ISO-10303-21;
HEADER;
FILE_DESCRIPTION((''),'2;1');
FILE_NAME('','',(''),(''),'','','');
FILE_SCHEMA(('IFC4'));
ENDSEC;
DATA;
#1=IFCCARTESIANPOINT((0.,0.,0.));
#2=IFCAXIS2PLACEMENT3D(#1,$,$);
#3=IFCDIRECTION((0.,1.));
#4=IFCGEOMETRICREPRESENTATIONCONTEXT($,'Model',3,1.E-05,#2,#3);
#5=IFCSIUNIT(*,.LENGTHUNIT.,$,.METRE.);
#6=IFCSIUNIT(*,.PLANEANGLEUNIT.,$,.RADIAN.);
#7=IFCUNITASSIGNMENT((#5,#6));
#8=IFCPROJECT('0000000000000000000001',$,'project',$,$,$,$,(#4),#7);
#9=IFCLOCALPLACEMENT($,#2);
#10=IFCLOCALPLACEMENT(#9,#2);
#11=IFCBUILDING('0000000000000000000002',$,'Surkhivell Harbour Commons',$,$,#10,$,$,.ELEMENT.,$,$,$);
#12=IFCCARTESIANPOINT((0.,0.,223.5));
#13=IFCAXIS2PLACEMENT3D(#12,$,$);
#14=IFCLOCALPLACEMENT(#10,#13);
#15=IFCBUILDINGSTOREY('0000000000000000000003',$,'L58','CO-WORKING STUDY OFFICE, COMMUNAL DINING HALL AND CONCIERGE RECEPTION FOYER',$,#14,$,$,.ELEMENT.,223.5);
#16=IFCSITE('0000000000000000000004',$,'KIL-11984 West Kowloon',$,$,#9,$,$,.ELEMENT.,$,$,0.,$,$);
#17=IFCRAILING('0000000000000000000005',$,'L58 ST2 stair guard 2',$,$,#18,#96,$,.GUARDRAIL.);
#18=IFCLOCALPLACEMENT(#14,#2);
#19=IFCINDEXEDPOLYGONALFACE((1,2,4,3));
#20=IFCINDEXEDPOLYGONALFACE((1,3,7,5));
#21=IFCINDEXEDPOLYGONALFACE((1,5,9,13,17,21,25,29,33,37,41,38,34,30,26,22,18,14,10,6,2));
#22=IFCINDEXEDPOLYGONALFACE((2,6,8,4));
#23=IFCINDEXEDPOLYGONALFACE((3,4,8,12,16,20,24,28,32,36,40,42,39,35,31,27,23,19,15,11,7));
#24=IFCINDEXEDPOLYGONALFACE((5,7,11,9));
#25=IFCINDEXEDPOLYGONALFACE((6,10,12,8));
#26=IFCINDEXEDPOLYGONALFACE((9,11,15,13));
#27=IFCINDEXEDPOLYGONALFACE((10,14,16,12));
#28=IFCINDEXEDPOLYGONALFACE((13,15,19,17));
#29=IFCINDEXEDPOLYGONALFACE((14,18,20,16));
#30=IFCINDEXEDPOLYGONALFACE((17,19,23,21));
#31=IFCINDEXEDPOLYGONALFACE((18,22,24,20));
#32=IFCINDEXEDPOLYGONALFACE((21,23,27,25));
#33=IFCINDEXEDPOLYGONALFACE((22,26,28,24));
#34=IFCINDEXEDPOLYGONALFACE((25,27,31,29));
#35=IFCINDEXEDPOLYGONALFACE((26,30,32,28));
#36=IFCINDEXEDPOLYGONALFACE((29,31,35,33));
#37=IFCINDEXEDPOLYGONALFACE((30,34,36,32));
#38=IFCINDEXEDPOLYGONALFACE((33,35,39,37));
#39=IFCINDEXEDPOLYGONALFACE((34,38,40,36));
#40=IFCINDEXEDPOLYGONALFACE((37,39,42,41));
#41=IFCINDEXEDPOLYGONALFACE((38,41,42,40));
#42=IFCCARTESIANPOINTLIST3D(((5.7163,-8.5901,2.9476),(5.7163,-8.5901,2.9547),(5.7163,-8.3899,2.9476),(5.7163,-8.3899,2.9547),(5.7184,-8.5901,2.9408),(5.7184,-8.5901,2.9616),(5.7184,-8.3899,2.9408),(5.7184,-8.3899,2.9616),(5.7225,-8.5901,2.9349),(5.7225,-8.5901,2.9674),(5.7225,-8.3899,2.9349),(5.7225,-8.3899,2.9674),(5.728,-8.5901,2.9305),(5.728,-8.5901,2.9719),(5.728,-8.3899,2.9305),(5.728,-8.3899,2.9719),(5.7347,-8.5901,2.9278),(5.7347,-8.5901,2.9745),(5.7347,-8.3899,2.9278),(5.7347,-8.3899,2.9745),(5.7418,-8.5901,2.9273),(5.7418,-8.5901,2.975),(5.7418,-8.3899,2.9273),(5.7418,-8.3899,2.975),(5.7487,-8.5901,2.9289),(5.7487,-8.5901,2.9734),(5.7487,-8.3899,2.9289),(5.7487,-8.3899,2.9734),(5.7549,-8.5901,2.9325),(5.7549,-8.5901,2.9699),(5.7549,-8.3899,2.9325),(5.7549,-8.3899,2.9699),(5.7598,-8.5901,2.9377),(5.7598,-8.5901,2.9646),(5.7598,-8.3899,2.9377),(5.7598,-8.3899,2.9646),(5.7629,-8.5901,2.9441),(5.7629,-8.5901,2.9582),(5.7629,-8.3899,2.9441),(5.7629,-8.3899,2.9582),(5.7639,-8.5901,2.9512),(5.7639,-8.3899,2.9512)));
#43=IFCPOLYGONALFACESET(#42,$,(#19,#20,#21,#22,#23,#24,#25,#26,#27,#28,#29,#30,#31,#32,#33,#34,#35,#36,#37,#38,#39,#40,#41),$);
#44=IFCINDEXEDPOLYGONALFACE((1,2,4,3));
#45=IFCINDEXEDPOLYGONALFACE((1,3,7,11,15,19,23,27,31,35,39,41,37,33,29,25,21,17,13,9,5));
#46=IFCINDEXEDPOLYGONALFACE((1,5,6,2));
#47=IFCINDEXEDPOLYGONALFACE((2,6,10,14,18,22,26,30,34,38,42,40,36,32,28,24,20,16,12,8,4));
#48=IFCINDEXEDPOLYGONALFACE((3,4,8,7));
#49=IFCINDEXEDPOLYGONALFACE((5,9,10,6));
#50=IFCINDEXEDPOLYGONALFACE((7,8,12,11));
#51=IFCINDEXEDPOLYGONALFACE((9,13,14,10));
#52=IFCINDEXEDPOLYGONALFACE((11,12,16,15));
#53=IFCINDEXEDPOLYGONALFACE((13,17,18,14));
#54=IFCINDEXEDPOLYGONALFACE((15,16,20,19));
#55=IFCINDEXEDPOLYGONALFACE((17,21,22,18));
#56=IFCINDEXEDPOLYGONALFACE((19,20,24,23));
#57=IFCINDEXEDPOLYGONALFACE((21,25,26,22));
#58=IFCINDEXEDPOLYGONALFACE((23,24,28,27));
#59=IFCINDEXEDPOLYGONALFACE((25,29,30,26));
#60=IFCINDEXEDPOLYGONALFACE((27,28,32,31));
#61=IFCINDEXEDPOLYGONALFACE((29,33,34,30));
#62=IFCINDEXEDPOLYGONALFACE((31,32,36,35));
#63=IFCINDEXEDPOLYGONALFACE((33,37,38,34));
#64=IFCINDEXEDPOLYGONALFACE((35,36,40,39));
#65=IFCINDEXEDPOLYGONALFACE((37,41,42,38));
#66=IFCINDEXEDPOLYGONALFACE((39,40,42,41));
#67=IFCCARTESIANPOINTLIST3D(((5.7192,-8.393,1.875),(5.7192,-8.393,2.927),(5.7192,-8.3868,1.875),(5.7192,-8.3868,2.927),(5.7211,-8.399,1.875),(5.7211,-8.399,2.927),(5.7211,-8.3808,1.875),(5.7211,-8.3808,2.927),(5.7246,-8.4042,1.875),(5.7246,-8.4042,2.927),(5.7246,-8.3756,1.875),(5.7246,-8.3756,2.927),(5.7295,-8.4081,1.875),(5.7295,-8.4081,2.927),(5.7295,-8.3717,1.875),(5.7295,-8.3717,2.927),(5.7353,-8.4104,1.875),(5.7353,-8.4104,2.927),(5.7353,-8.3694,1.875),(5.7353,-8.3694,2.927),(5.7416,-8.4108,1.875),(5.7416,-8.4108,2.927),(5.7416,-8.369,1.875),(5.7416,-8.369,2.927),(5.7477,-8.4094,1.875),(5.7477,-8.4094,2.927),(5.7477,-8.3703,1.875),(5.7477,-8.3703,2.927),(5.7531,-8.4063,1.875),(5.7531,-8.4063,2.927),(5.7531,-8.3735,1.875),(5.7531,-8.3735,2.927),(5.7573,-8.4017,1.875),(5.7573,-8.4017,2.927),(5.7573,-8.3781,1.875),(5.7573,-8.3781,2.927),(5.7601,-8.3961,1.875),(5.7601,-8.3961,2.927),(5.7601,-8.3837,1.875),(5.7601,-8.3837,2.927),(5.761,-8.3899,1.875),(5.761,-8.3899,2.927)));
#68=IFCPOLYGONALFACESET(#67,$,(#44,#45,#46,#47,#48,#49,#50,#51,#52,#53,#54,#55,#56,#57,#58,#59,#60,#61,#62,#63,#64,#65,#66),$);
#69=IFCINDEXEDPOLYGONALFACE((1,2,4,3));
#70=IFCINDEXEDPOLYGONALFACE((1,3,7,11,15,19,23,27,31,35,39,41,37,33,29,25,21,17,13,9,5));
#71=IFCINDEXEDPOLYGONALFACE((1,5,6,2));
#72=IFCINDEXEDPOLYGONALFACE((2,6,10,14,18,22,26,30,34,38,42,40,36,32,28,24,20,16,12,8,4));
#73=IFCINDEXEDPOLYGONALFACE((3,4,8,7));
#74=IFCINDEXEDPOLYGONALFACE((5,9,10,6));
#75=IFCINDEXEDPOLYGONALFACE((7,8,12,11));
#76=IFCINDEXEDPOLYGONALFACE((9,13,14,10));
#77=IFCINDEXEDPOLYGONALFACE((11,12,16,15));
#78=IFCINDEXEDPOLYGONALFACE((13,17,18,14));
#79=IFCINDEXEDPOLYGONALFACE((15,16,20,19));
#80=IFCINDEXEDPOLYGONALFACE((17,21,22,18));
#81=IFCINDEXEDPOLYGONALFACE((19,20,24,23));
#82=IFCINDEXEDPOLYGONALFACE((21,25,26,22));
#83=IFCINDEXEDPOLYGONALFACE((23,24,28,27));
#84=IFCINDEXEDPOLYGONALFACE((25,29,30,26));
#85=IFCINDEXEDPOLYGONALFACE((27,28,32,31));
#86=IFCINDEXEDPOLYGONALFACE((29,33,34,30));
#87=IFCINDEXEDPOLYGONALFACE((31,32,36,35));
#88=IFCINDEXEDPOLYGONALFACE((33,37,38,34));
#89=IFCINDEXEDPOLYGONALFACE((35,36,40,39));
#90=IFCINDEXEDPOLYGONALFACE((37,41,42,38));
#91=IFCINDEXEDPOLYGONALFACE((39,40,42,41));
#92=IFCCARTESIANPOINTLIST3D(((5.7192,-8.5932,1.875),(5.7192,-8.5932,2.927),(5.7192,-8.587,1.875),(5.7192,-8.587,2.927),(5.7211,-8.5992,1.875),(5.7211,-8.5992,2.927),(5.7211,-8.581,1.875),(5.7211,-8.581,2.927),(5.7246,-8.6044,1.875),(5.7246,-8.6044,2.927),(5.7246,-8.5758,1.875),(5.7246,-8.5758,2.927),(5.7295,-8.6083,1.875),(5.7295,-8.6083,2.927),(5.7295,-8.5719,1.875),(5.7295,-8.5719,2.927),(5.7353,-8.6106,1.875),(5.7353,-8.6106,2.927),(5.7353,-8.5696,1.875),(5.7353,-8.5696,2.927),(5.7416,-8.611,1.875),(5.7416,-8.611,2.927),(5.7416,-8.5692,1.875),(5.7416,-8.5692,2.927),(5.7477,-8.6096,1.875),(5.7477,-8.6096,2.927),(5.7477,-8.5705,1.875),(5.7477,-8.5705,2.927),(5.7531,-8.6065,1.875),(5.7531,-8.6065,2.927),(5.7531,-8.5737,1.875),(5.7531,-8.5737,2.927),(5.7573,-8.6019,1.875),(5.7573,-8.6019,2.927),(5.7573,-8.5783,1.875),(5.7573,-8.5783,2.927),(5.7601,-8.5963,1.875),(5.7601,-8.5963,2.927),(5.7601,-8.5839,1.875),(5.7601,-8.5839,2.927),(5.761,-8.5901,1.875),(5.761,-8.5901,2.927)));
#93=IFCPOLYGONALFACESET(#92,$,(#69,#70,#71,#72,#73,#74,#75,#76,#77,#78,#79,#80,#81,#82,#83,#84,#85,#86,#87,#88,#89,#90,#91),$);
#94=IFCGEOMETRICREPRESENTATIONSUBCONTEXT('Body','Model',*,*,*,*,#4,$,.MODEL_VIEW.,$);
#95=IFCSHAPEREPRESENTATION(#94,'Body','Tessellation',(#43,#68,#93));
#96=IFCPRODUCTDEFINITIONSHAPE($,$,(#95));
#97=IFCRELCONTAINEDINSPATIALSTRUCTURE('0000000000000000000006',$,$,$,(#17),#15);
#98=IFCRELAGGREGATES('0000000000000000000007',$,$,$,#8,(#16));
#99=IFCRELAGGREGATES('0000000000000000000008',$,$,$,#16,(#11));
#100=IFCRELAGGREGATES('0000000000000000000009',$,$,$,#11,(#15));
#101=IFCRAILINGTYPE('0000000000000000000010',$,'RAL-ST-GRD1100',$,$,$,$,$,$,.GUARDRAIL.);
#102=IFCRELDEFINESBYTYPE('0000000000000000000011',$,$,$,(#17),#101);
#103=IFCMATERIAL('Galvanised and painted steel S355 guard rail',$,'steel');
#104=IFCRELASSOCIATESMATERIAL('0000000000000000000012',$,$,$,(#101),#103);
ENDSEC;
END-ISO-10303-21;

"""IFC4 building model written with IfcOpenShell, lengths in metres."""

from ifc_helpers import new_model, si_unit, direction, frame, origin, origin_2d, place, context, subcontext, project, spatial, circle, extrude, material, type_object, element, save


model = new_model("IFC4")

# Units and contexts
model_context = context("Model", 3, precision=1e-05, world=origin(), true_north=direction((0.0, 1.0)))
body_context = subcontext(model_context, "Body", "Model", "MODEL_VIEW")
ifc_project = project(units=[si_unit("LENGTHUNIT", "METRE"), si_unit("PLANEANGLEUNIT", "RADIAN")], contexts=[model_context])

# Site, building, storey
site_placement = place(None, origin())
site = spatial("IfcSite", under=ifc_project, at=site_placement, Name="KIL-11984 West Kowloon", CompositionType="ELEMENT", RefElevation=0.0)
building_placement = place(site_placement, origin())
building = spatial("IfcBuilding", under=site, at=building_placement, Name="Surkhivell Harbour Commons", CompositionType="ELEMENT")
storey_placement = place(building_placement, frame((0.0, 0.0, 223.5)))
storey = spatial("IfcBuildingStorey", under=building, at=storey_placement, Name="L58", Description="CO-WORKING STUDY OFFICE, COMMUNAL DINING HALL AND CONCIERGE RECEPTION FOYER", CompositionType="ELEMENT", Elevation=223.5)

# Railing
ifc_material_1 = material(Name="Galvanised and painted steel S355 guard rail", Category="steel")
railing_type_1 = type_object("IfcRailingType", Name="RAL-ST-GRD1100", PredefinedType="GUARDRAIL", material=ifc_material_1)
railing_1_placement = place(storey_placement, frame((5.74, -8.3899, 1.875)))
element("IfcRailing", 1, at=railing_1_placement, inside=storey, type_object=railing_type_1, Name="L58 ST2 stair guard 2", PredefinedType="GUARDRAIL", context=body_context, shape_type="SweptSolid", body=[
    extrude(circle(Radius=0.0239, at=origin_2d()), frame((0.0, 0.0, 1.0762), z_axis=(0.0, -1.0, 0.0), x_axis=(1.0, 0.0, 0.0)), (0.0, 0.0, 1.0), 0.2002),
    extrude(circle(Radius=0.021, at=origin_2d()), origin(), (0.0, 0.0, 1.0), 1.052),
    extrude(circle(Radius=0.021, at=origin_2d()), frame((0.0, -0.2002, 0.0)), (0.0, 0.0, 1.0), 1.052),
])

save(model, "model.ifc")
